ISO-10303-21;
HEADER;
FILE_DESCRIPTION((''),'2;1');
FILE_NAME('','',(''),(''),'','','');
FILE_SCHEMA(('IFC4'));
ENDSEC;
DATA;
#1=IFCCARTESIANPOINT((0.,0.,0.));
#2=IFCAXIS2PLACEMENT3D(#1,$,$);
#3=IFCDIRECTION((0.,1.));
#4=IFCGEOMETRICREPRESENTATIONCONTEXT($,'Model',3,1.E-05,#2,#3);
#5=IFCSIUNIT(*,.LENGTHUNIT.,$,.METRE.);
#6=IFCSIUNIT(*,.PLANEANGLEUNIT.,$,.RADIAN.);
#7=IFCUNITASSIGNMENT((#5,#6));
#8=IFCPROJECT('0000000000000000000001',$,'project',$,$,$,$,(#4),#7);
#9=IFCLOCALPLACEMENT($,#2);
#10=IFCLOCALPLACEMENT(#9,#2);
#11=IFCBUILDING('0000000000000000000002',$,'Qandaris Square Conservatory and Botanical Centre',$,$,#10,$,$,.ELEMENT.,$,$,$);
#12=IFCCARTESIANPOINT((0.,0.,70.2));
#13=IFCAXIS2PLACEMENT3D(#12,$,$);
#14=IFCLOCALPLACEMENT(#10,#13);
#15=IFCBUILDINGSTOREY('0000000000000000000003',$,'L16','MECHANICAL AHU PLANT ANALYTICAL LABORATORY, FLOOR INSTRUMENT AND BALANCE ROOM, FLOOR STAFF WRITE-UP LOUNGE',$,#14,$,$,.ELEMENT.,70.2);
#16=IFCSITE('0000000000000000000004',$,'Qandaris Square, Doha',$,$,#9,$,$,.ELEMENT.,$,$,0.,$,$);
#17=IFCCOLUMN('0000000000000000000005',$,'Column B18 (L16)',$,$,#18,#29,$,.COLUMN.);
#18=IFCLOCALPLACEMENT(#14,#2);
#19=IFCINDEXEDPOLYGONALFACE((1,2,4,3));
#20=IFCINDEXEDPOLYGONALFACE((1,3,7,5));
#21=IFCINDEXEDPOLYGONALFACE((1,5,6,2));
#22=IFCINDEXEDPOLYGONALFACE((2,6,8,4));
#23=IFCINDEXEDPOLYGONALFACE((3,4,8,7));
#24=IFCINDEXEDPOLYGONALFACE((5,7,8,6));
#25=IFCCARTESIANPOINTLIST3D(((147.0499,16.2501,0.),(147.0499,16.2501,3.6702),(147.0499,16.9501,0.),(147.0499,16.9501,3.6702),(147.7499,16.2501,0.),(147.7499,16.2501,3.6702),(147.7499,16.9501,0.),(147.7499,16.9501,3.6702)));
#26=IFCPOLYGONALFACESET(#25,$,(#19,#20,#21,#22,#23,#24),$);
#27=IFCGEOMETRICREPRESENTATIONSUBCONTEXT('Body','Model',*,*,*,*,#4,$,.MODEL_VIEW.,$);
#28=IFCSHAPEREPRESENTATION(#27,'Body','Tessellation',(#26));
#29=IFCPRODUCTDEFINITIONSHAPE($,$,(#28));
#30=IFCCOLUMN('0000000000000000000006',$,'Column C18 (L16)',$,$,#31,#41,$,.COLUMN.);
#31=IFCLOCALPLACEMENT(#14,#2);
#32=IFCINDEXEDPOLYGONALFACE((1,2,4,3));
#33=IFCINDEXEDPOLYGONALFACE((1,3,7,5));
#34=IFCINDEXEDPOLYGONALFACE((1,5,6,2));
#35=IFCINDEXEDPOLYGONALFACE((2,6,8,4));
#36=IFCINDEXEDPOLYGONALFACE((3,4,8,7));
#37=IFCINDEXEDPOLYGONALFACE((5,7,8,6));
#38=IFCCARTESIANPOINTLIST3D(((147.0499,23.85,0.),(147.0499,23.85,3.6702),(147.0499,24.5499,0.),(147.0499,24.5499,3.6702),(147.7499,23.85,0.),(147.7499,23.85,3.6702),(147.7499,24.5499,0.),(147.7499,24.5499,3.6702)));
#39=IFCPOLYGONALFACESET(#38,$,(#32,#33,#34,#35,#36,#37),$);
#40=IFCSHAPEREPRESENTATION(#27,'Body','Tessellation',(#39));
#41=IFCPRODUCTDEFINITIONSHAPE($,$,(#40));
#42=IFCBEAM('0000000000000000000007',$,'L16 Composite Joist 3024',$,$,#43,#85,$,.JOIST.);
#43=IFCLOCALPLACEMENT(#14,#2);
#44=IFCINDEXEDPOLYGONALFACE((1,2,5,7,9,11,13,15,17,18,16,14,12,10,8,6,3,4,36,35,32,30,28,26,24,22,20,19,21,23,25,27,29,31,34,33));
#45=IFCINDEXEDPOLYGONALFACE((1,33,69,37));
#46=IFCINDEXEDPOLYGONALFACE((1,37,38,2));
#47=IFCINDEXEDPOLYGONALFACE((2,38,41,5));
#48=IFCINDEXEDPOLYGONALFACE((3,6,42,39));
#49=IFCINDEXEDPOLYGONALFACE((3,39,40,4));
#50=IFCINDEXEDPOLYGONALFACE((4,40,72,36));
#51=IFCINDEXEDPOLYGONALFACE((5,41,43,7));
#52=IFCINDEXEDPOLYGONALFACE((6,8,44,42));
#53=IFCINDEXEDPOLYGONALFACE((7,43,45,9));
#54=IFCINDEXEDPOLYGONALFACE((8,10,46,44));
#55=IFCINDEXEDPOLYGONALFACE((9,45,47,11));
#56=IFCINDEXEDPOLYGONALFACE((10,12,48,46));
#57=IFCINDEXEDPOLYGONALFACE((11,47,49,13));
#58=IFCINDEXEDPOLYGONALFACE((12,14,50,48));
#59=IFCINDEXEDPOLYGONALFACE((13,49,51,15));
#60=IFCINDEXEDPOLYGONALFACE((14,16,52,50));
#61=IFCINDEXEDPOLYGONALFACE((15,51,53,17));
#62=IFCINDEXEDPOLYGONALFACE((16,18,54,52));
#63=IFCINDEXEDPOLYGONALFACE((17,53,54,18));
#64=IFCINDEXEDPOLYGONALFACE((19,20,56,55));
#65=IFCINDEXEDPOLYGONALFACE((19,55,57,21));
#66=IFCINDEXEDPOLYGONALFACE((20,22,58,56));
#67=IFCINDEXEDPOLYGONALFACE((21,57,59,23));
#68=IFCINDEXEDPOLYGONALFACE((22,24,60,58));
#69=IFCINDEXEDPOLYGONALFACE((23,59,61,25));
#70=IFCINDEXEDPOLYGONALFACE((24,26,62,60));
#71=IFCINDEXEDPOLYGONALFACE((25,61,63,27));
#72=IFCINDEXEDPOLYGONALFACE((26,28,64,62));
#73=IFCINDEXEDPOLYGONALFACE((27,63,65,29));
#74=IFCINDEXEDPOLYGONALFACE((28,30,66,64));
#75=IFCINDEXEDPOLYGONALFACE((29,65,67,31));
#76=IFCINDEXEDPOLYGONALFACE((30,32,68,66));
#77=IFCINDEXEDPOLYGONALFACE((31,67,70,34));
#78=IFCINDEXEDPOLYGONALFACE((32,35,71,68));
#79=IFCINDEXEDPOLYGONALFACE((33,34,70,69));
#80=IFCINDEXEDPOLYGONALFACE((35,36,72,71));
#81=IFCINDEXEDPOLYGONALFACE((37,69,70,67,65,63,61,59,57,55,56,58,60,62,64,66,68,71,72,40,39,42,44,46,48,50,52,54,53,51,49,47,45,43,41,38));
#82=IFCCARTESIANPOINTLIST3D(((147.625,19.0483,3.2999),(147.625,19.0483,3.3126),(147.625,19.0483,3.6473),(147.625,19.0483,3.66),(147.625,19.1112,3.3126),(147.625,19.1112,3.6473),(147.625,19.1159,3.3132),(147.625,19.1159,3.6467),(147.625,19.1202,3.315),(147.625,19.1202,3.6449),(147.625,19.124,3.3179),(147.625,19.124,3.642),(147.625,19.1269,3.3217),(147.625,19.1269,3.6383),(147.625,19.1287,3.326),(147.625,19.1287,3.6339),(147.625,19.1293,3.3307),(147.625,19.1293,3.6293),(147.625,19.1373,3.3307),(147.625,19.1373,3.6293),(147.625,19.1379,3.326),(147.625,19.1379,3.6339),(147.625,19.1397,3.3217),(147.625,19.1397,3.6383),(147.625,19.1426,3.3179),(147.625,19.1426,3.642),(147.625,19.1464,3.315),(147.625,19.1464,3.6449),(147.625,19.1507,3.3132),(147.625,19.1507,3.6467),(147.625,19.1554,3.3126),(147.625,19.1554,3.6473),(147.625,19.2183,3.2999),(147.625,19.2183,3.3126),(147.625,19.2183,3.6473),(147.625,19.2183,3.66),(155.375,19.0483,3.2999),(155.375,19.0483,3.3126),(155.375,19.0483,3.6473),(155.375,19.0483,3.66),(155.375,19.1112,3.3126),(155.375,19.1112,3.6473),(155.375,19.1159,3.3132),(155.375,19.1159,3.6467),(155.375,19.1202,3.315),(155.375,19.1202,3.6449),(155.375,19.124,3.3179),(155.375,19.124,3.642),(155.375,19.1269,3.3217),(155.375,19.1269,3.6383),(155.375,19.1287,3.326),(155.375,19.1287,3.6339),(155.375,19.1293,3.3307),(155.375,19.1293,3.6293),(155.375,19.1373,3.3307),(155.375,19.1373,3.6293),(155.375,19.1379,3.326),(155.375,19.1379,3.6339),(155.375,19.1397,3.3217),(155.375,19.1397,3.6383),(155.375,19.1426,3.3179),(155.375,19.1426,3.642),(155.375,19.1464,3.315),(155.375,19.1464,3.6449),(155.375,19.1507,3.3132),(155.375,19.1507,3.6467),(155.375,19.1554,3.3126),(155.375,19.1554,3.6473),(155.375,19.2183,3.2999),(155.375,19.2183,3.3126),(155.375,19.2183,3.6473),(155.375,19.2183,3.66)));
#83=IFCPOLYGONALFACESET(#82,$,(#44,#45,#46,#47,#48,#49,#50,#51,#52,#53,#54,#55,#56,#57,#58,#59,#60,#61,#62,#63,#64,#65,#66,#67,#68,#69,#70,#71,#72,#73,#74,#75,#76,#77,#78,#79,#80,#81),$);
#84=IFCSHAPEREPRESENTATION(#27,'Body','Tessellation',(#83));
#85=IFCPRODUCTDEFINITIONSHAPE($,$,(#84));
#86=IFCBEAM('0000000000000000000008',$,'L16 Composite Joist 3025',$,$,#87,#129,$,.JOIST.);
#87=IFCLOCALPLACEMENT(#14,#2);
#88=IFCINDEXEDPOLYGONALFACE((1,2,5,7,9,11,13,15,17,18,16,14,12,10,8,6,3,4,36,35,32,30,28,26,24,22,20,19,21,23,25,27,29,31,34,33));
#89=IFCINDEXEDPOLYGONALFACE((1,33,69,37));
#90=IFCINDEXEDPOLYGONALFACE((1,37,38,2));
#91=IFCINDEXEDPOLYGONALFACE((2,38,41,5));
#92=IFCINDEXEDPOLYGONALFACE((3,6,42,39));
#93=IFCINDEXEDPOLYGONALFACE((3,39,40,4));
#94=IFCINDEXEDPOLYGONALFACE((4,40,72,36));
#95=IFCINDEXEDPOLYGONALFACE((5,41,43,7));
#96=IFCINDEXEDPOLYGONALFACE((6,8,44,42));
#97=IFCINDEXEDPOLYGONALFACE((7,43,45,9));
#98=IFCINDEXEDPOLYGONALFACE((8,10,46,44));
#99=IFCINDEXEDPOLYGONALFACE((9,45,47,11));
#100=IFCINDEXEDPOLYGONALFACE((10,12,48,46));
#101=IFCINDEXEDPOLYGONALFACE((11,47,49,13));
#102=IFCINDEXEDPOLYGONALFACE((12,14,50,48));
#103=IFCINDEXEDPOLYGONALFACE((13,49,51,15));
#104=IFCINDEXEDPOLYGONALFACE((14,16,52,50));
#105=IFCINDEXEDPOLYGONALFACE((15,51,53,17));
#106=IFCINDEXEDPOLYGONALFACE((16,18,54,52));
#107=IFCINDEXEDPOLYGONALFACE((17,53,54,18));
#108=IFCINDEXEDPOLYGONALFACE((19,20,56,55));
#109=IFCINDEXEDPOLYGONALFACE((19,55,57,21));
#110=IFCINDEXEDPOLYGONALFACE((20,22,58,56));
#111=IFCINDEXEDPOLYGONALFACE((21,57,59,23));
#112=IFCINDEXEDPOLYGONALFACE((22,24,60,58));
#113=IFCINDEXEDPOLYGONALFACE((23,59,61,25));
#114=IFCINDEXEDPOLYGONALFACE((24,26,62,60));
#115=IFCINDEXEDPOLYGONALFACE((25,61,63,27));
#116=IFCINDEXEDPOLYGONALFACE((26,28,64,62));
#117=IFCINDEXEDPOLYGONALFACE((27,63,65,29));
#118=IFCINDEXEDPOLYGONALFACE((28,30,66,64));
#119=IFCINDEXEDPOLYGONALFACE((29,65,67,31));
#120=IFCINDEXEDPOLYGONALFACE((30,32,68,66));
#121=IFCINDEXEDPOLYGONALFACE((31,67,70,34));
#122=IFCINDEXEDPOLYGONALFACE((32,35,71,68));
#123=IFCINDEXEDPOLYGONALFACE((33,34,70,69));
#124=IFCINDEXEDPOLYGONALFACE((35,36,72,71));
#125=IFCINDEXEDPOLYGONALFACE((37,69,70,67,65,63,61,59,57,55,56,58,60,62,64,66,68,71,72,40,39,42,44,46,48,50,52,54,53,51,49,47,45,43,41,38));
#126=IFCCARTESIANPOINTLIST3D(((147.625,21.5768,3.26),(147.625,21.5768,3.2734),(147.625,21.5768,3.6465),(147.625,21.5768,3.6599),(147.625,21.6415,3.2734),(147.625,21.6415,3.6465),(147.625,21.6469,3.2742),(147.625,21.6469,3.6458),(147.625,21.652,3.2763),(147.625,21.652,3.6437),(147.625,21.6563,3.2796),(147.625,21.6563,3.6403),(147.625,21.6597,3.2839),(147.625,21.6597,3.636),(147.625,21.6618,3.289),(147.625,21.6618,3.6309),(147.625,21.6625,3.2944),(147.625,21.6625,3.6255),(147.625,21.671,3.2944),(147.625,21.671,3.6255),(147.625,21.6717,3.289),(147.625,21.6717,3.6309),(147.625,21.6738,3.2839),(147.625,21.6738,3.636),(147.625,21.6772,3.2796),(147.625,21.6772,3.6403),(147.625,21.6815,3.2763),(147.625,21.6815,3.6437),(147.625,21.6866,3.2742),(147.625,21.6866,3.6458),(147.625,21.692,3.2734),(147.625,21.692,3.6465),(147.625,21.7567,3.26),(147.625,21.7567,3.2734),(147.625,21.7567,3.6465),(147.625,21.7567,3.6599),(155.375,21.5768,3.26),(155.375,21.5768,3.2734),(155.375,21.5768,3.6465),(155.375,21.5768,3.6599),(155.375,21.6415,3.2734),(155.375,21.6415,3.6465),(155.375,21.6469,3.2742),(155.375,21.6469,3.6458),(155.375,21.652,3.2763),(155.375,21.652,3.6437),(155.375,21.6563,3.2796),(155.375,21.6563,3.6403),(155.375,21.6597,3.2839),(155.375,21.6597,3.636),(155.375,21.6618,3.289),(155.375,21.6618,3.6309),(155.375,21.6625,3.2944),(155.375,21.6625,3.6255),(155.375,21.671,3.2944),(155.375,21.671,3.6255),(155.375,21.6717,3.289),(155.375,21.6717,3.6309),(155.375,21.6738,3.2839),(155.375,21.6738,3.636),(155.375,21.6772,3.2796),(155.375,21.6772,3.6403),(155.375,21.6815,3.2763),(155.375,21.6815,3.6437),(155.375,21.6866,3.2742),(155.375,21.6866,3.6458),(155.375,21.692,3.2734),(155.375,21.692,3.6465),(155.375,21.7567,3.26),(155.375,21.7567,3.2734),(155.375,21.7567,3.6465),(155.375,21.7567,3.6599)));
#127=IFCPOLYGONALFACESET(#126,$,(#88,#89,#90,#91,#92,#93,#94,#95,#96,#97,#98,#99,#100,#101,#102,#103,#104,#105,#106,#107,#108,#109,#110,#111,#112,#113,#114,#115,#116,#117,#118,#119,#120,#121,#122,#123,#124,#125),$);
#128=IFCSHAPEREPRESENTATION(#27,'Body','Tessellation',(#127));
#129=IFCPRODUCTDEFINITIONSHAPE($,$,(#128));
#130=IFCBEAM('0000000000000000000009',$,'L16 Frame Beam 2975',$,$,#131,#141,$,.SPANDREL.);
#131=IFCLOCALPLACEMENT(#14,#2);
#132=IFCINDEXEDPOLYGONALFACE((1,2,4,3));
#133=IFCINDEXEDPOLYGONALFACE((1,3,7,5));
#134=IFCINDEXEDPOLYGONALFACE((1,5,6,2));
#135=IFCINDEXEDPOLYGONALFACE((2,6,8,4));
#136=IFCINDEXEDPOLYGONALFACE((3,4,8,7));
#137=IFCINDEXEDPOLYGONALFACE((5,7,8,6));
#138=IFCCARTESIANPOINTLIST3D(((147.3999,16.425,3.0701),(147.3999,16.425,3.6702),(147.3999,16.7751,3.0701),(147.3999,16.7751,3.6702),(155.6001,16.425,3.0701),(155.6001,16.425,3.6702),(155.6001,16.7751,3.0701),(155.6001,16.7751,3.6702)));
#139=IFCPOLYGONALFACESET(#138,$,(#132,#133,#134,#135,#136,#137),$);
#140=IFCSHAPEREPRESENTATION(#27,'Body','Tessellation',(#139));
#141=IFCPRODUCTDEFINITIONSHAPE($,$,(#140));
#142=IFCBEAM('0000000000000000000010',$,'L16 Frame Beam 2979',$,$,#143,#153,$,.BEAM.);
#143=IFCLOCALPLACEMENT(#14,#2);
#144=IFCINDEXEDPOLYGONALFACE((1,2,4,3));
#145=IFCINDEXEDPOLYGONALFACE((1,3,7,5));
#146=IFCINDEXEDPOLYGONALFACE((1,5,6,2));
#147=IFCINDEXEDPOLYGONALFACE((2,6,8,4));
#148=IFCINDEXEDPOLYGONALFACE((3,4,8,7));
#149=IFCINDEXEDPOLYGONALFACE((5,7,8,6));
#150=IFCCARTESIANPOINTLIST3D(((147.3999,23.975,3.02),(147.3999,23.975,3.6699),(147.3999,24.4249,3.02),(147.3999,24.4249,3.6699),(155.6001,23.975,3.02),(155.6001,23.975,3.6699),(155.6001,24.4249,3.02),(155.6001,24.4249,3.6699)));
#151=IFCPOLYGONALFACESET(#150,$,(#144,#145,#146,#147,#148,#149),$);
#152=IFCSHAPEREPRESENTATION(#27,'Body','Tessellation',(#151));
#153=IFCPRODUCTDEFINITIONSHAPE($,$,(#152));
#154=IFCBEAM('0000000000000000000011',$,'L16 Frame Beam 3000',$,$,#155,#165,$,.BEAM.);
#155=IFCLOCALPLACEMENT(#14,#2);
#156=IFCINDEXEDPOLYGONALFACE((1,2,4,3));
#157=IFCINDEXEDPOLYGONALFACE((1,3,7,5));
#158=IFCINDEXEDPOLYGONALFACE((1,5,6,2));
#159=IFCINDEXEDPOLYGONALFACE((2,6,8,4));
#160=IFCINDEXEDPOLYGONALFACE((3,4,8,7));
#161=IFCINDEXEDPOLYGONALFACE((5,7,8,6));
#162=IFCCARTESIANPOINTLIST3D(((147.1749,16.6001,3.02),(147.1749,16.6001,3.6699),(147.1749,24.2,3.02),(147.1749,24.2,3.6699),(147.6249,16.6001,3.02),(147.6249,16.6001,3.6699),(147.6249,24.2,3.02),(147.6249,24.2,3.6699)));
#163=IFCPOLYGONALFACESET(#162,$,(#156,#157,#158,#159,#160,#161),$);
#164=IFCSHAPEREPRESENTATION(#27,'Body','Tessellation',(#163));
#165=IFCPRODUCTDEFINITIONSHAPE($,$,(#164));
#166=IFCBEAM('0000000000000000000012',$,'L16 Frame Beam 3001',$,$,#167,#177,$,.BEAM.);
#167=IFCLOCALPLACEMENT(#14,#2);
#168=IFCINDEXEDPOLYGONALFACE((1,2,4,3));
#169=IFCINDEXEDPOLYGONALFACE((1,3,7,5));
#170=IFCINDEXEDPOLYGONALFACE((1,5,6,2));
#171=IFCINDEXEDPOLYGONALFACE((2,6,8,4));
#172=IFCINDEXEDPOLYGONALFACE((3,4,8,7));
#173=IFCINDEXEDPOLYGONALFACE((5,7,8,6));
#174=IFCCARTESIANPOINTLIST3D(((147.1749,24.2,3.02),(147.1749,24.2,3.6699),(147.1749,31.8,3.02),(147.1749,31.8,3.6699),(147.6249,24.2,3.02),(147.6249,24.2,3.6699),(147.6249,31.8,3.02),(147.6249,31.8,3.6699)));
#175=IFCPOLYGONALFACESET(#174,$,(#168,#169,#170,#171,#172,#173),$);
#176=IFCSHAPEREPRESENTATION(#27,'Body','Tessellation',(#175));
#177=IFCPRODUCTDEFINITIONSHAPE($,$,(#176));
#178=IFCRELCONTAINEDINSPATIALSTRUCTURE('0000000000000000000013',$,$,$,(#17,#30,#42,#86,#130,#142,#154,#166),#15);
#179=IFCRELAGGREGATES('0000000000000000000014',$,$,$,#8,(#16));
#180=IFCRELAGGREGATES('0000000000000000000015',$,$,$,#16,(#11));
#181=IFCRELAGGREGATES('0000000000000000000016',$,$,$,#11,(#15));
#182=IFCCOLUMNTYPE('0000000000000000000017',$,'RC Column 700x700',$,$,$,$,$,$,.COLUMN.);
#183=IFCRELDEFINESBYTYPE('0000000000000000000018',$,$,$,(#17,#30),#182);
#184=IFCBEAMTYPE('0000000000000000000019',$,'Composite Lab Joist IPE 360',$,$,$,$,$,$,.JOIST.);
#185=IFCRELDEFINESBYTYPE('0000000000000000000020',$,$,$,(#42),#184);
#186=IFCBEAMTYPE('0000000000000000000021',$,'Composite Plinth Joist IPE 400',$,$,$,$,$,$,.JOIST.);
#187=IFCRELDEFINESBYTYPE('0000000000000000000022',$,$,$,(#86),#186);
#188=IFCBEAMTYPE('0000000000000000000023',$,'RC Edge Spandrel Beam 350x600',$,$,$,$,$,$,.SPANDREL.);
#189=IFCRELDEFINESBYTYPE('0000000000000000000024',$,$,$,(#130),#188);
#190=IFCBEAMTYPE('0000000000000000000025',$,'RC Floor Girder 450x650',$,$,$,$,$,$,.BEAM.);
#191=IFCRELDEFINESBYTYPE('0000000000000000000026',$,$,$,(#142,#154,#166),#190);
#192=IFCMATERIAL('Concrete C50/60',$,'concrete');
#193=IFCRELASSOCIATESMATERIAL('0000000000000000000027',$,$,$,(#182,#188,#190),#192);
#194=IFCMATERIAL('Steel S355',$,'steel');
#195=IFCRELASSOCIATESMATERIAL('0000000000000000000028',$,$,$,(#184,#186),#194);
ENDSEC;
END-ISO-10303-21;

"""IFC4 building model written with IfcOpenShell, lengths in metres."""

from ifc_helpers import new_model, si_unit, direction, frame, origin, origin_2d, place, context, subcontext, project, spatial, rectangle, i_section, extrude, material, material_profile, profile_set, type_object, element, save


model = new_model("IFC4")

# Units and contexts
model_context = context("Model", 3, precision=1e-05, world=origin(), true_north=direction((0.0, 1.0)))
body_context = subcontext(model_context, "Body", "Model", "MODEL_VIEW")
ifc_project = project(units=[si_unit("LENGTHUNIT", "METRE"), si_unit("PLANEANGLEUNIT", "RADIAN")], contexts=[model_context])

# Site, building, storey
site_placement = place(None, origin())
site = spatial("IfcSite", under=ifc_project, at=site_placement, Name="Qandaris Square, Doha", CompositionType="ELEMENT", RefElevation=0.0)
building_placement = place(site_placement, origin())
building = spatial("IfcBuilding", under=site, at=building_placement, Name="Qandaris Square Conservatory and Botanical Centre", CompositionType="ELEMENT")
storey_placement = place(building_placement, frame((0.0, 0.0, 70.2)))
storey = spatial("IfcBuildingStorey", under=building, at=storey_placement, Name="L16", Description="MECHANICAL AHU PLANT ANALYTICAL LABORATORY, FLOOR INSTRUMENT AND BALANCE ROOM, FLOOR STAFF WRITE-UP LOUNGE", CompositionType="ELEMENT", Elevation=70.2)

# Columns
ifc_material_1 = material(Name="Concrete C50/60", Category="concrete")
ifc_material_profile_1 = material_profile(ifc_material_1, rectangle(XDim=0.7, YDim=0.7, at=origin_2d()), Name="RC-COL 700x700")
ifc_profile_set_1 = profile_set([ifc_material_profile_1], Name="Concrete C50/60")
column_type = type_object("IfcColumnType", Name="RC Column 700x700", PredefinedType="COLUMN", material=ifc_profile_set_1)
for number, where, z_axis, x_axis, name in (
    (1, (147.3999, 16.6001, 0.0), (0.0, 0.0, 1.0), (1.0, 0.0, 0.0), "Column B18 (L16)"),
    (2, (147.3999, 24.2, 0.0), (0.0, 0.0, 1.0), (1.0, 0.0, 0.0), "Column C18 (L16)"),
):
    element("IfcColumn", number, at=place(storey_placement, frame(where, z_axis=z_axis, x_axis=x_axis)), inside=storey, type_object=column_type, Name=name, PredefinedType="COLUMN", context=body_context, shape_type="SweptSolid", body=[
        extrude(rectangle(XDim=0.7, YDim=0.7, at=origin_2d()), origin(), (0.0, 0.0, 1.0), 3.6702),
    ])

# Beams
ifc_material_2 = material(Name="Steel S355", Category="steel")
ifc_material_profile_2 = material_profile(ifc_material_2, i_section(OverallWidth=0.1699, OverallDepth=0.3601, WebThickness=0.0081, FlangeThickness=0.0127, FilletRadius=0.0181, at=origin_2d()), Name="IPE 360")
ifc_profile_set_2 = profile_set([ifc_material_profile_2], Name="Steel S355")
beam_type_1 = type_object("IfcBeamType", Name="Composite Lab Joist IPE 360", PredefinedType="JOIST", material=ifc_profile_set_2)
beam_1_placement = place(storey_placement, frame((147.625, 19.1333, 3.48), z_axis=(1.0, 0.0, 0.0), x_axis=(0.0, 1.0, 0.0)))
element("IfcBeam", 3, at=beam_1_placement, inside=storey, type_object=beam_type_1, Name="L16 Composite Joist 3024", PredefinedType="JOIST", context=body_context, shape_type="SweptSolid", body=[
    extrude(i_section(OverallWidth=0.1699, OverallDepth=0.3601, WebThickness=0.0081, FlangeThickness=0.0127, FilletRadius=0.0181, at=origin_2d()), origin(), (0.0, 0.0, 1.0), 7.75),
])
ifc_material_profile_3 = material_profile(ifc_material_2, i_section(OverallWidth=0.1799, OverallDepth=0.3999, WebThickness=0.0085, FlangeThickness=0.0134, FilletRadius=0.021, at=origin_2d()), Name="IPE 400")
ifc_profile_set_3 = profile_set([ifc_material_profile_3], Name="Steel S355")
beam_type_2 = type_object("IfcBeamType", Name="Composite Plinth Joist IPE 400", PredefinedType="JOIST", material=ifc_profile_set_3)
beam_2_placement = place(storey_placement, frame((147.625, 21.6667, 3.46), z_axis=(1.0, 0.0, 0.0), x_axis=(0.0, 1.0, 0.0)))
element("IfcBeam", 4, at=beam_2_placement, inside=storey, type_object=beam_type_2, Name="L16 Composite Joist 3025", PredefinedType="JOIST", context=body_context, shape_type="SweptSolid", body=[
    extrude(i_section(OverallWidth=0.1799, OverallDepth=0.3999, WebThickness=0.0085, FlangeThickness=0.0134, FilletRadius=0.021, at=origin_2d()), origin(), (0.0, 0.0, 1.0), 7.75),
])
ifc_material_profile_4 = material_profile(ifc_material_1, rectangle(XDim=0.3501, YDim=0.6001, at=origin_2d()), Name="RC-SP 350x600")
ifc_profile_set_4 = profile_set([ifc_material_profile_4], Name="Concrete C50/60")
beam_type_3 = type_object("IfcBeamType", Name="RC Edge Spandrel Beam 350x600", PredefinedType="SPANDREL", material=ifc_profile_set_4)
beam_3_placement = place(storey_placement, frame((147.3999, 16.6001, 3.3701), z_axis=(1.0, 0.0, 0.0), x_axis=(0.0, 1.0, 0.0)))
element("IfcBeam", 5, at=beam_3_placement, inside=storey, type_object=beam_type_3, Name="L16 Frame Beam 2975", PredefinedType="SPANDREL", context=body_context, shape_type="SweptSolid", body=[
    extrude(rectangle(XDim=0.3501, YDim=0.6001, at=origin_2d()), origin(), (0.0, 0.0, 1.0), 8.2002),
])
ifc_material_profile_5 = material_profile(ifc_material_1, rectangle(XDim=0.45, YDim=0.6499, at=origin_2d()), Name="RC-BM 450x650")
ifc_profile_set_5 = profile_set([ifc_material_profile_5], Name="Concrete C50/60")
beam_type_4 = type_object("IfcBeamType", Name="RC Floor Girder 450x650", PredefinedType="BEAM", material=ifc_profile_set_5)
beam_4_placement = place(storey_placement, frame((147.3999, 24.2, 3.345), z_axis=(1.0, 0.0, 0.0), x_axis=(0.0, 1.0, 0.0)))
element("IfcBeam", 6, at=beam_4_placement, inside=storey, type_object=beam_type_4, Name="L16 Frame Beam 2979", PredefinedType="BEAM", context=body_context, shape_type="SweptSolid", body=[
    extrude(rectangle(XDim=0.45, YDim=0.6499, at=origin_2d()), origin(), (0.0, 0.0, 1.0), 8.2002),
])
beam_5_placement = place(storey_placement, frame((147.3999, 16.6001, 3.345), z_axis=(0.0, 1.0, 0.0), x_axis=(-1.0, 0.0, 0.0)))
element("IfcBeam", 7, at=beam_5_placement, inside=storey, type_object=beam_type_4, Name="L16 Frame Beam 3000", PredefinedType="BEAM", context=body_context, shape_type="SweptSolid", body=[
    extrude(rectangle(XDim=0.45, YDim=0.6499, at=origin_2d()), origin(), (0.0, 0.0, 1.0), 7.5999),
])
beam_6_placement = place(storey_placement, frame((147.3999, 24.2, 3.345), z_axis=(0.0, 1.0, 0.0), x_axis=(-1.0, 0.0, 0.0)))
element("IfcBeam", 8, at=beam_6_placement, inside=storey, type_object=beam_type_4, Name="L16 Frame Beam 3001", PredefinedType="BEAM", context=body_context, shape_type="SweptSolid", body=[
    extrude(rectangle(XDim=0.45, YDim=0.6499, at=origin_2d()), origin(), (0.0, 0.0, 1.0), 7.6001),
])

save(model, "model.ifc")
